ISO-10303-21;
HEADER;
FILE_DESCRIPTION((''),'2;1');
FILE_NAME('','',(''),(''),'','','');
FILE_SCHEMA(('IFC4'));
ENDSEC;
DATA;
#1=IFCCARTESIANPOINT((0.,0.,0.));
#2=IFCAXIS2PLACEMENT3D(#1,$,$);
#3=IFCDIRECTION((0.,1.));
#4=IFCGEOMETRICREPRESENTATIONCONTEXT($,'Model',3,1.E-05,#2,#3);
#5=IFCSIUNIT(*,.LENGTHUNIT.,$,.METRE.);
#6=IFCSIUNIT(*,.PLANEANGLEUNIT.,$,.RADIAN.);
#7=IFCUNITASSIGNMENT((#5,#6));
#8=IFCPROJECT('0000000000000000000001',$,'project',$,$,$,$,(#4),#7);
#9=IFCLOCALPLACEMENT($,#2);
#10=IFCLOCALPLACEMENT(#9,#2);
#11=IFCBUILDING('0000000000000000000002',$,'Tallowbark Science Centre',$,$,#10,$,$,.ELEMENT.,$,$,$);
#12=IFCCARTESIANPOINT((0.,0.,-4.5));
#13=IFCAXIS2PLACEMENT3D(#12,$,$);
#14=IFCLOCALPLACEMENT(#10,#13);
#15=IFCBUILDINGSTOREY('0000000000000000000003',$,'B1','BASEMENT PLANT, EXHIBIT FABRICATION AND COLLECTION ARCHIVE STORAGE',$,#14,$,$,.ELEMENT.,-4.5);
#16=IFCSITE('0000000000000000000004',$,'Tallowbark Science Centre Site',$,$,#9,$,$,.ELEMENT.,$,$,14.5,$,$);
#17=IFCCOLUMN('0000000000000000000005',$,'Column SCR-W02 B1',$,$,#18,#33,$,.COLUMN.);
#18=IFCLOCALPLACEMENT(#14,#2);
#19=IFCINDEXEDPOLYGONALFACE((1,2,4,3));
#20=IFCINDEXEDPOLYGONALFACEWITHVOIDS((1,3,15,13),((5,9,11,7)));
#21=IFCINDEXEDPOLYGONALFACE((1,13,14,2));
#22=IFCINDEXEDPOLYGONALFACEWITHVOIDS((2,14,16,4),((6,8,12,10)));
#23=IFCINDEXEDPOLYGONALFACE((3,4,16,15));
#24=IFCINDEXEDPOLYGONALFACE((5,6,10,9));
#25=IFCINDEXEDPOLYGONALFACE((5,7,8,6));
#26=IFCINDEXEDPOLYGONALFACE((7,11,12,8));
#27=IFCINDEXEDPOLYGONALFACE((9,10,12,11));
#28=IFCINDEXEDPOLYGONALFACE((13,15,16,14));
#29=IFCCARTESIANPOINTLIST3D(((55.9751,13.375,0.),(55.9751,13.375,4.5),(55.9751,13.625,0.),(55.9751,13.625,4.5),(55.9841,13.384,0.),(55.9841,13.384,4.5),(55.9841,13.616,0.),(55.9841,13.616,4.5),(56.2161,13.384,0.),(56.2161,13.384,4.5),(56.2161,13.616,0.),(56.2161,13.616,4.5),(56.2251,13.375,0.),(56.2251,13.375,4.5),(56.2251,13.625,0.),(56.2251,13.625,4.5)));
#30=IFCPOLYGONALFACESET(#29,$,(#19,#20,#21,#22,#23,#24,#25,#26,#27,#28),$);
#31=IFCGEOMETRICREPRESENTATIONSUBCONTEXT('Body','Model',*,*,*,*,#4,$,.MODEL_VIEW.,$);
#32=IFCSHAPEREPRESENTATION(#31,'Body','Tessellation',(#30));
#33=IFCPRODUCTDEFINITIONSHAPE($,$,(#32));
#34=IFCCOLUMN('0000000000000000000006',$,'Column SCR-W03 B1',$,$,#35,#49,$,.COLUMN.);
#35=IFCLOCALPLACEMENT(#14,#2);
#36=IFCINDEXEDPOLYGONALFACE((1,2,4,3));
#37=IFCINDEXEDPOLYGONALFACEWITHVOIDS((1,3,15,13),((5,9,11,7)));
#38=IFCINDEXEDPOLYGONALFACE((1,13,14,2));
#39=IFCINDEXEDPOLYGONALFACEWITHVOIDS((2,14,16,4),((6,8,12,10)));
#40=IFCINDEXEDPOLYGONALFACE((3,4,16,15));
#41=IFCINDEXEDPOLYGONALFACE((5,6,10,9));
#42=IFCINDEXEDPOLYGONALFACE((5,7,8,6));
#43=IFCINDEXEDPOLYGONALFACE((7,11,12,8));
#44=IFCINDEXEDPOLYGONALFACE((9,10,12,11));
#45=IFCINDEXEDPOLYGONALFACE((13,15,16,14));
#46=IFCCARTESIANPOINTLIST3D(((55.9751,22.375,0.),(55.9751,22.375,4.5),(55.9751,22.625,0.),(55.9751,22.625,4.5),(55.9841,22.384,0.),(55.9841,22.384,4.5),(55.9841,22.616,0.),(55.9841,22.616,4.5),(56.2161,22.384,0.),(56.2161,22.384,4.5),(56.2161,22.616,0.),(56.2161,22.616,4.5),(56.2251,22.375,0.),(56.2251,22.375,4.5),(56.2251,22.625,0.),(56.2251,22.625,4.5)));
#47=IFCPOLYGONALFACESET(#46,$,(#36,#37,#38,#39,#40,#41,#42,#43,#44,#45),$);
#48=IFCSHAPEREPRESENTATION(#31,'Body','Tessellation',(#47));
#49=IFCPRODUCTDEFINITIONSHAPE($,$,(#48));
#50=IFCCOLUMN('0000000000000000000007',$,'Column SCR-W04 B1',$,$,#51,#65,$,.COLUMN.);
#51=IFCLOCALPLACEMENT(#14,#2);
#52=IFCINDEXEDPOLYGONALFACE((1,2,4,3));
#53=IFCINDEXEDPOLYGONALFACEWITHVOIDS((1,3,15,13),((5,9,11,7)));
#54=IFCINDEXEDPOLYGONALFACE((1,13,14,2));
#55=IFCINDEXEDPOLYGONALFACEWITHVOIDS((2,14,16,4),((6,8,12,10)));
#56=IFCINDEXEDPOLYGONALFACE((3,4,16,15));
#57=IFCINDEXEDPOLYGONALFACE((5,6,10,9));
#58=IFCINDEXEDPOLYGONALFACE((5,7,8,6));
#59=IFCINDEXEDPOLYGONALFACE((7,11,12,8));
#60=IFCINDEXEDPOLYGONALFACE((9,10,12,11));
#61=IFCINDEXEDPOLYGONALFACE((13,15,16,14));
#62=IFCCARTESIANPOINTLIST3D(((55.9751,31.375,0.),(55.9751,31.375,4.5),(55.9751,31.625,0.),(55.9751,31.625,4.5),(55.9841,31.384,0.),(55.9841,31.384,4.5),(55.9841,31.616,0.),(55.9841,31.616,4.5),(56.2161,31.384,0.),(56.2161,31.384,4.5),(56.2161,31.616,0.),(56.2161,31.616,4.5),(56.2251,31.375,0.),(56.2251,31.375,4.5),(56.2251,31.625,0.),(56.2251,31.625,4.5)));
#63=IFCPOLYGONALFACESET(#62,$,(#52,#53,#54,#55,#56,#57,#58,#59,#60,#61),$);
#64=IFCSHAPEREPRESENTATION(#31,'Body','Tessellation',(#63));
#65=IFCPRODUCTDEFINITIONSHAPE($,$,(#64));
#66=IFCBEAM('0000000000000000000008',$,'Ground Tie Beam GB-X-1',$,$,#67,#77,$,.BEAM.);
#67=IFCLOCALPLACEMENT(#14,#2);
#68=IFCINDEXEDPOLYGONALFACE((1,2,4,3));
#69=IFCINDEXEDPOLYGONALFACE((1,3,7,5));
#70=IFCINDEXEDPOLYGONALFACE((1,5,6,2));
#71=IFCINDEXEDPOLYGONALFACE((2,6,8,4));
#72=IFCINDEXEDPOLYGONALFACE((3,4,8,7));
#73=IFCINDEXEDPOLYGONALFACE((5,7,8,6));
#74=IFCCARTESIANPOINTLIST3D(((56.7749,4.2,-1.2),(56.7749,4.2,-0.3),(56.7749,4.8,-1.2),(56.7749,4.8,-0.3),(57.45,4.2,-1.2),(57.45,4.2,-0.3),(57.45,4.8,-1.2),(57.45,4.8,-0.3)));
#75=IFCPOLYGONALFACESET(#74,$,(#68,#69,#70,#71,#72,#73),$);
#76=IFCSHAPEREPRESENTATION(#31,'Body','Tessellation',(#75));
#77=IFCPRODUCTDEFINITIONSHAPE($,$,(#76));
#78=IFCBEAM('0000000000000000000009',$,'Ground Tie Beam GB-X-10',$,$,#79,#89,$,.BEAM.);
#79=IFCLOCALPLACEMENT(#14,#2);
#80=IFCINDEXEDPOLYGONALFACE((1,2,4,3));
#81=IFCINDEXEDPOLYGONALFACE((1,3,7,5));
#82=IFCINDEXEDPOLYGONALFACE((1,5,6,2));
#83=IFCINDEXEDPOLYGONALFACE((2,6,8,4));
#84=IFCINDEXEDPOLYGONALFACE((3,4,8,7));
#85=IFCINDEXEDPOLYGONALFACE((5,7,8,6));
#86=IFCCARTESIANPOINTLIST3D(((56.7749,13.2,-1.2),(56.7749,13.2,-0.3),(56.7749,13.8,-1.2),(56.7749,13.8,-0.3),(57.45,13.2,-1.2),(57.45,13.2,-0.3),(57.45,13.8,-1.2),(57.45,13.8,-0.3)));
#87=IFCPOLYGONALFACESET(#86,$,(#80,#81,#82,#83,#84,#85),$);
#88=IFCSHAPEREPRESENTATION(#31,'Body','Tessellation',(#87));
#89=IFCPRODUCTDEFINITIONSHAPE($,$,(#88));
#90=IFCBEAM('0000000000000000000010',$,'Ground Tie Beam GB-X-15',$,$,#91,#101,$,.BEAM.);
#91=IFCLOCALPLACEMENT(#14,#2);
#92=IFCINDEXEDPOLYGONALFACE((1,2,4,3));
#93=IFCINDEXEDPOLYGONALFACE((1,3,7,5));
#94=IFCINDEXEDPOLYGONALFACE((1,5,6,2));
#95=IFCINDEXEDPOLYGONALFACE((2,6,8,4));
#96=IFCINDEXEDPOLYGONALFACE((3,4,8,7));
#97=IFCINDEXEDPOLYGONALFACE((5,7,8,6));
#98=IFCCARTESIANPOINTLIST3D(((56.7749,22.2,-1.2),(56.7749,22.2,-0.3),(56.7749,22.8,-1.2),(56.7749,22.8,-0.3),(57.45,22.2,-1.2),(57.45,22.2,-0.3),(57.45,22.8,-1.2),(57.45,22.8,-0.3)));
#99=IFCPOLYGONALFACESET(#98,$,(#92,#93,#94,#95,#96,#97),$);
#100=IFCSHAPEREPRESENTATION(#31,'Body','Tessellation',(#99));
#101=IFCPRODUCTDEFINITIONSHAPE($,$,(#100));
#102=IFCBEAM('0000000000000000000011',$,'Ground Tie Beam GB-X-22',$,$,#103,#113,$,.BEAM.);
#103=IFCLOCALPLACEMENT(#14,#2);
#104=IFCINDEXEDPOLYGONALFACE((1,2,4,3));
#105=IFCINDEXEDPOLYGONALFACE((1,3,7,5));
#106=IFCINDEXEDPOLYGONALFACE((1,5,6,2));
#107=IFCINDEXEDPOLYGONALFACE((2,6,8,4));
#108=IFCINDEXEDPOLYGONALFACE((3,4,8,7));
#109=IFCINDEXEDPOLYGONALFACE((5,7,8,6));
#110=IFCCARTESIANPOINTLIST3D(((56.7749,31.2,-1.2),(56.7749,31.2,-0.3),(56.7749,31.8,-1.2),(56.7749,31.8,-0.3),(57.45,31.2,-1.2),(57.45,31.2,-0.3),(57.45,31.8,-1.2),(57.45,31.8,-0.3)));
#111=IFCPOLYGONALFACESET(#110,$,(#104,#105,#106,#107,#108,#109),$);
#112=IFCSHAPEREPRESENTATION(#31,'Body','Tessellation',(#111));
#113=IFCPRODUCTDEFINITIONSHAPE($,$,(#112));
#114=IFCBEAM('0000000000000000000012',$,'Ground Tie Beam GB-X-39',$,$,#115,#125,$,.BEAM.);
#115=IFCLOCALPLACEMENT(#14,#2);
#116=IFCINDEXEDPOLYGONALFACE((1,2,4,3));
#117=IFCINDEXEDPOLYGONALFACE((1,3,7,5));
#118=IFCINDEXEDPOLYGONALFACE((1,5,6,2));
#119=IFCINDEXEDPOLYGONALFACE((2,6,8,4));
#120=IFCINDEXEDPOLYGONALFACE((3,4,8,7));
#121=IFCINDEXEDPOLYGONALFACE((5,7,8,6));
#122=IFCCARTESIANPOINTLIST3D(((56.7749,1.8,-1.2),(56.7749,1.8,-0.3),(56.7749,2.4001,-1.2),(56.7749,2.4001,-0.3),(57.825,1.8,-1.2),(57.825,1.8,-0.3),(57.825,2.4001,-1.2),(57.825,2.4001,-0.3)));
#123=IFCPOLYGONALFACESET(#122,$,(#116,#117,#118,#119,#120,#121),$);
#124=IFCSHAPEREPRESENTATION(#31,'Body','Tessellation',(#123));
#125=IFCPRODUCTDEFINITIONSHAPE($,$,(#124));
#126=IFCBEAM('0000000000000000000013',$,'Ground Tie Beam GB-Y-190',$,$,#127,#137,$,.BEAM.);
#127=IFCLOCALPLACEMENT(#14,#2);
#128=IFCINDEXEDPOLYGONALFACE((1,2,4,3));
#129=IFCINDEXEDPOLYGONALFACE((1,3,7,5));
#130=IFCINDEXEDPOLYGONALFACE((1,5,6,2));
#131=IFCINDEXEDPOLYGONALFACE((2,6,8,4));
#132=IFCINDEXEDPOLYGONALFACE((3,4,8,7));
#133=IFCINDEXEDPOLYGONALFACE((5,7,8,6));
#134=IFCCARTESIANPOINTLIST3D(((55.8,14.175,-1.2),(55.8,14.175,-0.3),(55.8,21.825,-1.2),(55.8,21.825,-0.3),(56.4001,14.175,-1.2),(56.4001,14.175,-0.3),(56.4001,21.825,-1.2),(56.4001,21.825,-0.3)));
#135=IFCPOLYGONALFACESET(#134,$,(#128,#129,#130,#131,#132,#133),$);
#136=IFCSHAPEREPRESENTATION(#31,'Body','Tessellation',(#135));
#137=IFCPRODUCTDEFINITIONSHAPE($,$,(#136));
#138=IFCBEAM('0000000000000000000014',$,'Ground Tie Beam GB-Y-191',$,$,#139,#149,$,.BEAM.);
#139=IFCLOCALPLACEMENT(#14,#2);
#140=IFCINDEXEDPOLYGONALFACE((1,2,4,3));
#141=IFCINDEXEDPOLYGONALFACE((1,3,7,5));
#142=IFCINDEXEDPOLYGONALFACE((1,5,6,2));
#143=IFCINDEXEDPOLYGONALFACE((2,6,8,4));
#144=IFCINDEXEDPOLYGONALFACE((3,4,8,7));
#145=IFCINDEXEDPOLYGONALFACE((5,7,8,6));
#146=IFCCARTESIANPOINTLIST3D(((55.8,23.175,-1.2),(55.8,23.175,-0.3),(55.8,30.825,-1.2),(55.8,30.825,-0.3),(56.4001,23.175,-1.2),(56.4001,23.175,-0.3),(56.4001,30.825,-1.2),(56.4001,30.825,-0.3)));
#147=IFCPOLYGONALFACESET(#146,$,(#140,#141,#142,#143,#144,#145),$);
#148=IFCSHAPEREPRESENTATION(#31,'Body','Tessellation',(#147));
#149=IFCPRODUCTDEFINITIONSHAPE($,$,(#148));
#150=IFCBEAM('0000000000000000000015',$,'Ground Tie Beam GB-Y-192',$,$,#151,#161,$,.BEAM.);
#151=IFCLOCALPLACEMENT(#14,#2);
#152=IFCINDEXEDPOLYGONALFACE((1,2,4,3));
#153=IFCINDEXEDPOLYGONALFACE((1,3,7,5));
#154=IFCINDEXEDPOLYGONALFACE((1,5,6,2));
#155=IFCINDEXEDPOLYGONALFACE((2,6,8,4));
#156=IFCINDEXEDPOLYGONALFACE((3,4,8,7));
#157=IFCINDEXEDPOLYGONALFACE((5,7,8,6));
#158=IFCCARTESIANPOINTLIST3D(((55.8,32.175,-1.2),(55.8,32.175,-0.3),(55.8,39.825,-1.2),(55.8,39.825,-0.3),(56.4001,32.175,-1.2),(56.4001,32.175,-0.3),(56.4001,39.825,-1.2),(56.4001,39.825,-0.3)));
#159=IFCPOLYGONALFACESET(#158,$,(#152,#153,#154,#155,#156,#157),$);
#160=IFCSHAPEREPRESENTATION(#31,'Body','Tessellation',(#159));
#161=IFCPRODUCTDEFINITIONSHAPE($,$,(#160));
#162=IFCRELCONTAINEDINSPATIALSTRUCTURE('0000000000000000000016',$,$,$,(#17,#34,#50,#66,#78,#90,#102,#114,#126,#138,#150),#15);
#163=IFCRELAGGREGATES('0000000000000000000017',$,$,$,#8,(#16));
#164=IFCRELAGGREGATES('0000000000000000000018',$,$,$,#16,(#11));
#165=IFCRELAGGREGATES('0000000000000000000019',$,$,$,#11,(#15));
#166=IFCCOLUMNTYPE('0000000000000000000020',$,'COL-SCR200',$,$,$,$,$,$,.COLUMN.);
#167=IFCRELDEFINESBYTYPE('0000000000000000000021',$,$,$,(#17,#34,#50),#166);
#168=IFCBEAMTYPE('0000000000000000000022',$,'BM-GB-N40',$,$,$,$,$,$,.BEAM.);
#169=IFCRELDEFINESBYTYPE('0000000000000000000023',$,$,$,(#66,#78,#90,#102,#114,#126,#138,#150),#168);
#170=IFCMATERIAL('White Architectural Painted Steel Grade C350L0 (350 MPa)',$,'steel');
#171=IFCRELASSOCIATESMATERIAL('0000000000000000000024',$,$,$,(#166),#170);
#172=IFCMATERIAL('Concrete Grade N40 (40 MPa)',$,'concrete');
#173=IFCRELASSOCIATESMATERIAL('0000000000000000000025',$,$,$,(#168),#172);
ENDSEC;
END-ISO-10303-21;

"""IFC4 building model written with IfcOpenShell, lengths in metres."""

from ifc_helpers import new_model, si_unit, direction, frame, origin, origin_2d, place, context, subcontext, project, spatial, rectangle, hollow_rectangle, extrude, material, material_profile, profile_set, type_object, element, save


model = new_model("IFC4")

# Units and contexts
model_context = context("Model", 3, precision=1e-05, world=origin(), true_north=direction((0.0, 1.0)))
body_context = subcontext(model_context, "Body", "Model", "MODEL_VIEW")
ifc_project = project(units=[si_unit("LENGTHUNIT", "METRE"), si_unit("PLANEANGLEUNIT", "RADIAN")], contexts=[model_context])

# Site, building, storey
site_placement = place(None, origin())
site = spatial("IfcSite", under=ifc_project, at=site_placement, Name="Tallowbark Science Centre Site", CompositionType="ELEMENT", RefElevation=14.5)
building_placement = place(site_placement, origin())
building = spatial("IfcBuilding", under=site, at=building_placement, Name="Tallowbark Science Centre", CompositionType="ELEMENT")
storey_placement = place(building_placement, frame((0.0, 0.0, -4.5)))
storey = spatial("IfcBuildingStorey", under=building, at=storey_placement, Name="B1", Description="BASEMENT PLANT, EXHIBIT FABRICATION AND COLLECTION ARCHIVE STORAGE", CompositionType="ELEMENT", Elevation=-4.5)

# Shared definitions
ifc_material_1 = material(Name="Concrete Grade N40 (40 MPa)", Category="concrete")

# Columns
ifc_material_2 = material(Name="White Architectural Painted Steel Grade C350L0 (350 MPa)", Category="steel")
ifc_material_profile_1 = material_profile(ifc_material_2, hollow_rectangle(XDim=0.25, YDim=0.25, WallThickness=0.009, at=origin_2d()), Name="250x250x9.0SHS")
ifc_profile_set_1 = profile_set([ifc_material_profile_1], Name="White Architectural Painted Steel Grade C350L0 (350 MPa)")
column_type = type_object("IfcColumnType", Name="COL-SCR200", PredefinedType="COLUMN", material=ifc_profile_set_1)
for number, where, z_axis, x_axis, name in (
    (1, (56.1001, 13.5, 0.0), (0.0, 0.0, 1.0), (1.0, 0.0, 0.0), "Column SCR-W02 B1"),
    (2, (56.1001, 22.5, 0.0), (0.0, 0.0, 1.0), (1.0, 0.0, 0.0), "Column SCR-W03 B1"),
    (3, (56.1001, 31.5, 0.0), (0.0, 0.0, 1.0), (1.0, 0.0, 0.0), "Column SCR-W04 B1"),
):
    element("IfcColumn", number, at=place(storey_placement, frame(where, z_axis=z_axis, x_axis=x_axis)), inside=storey, type_object=column_type, Name=name, PredefinedType="COLUMN", context=body_context, shape_type="SweptSolid", body=[
        extrude(hollow_rectangle(XDim=0.25, YDim=0.25, WallThickness=0.009, at=origin_2d()), origin(), (0.0, 0.0, 1.0), 4.5),
    ])

# Beams
ifc_material_profile_2 = material_profile(ifc_material_1, rectangle(XDim=0.6001, YDim=0.8999, at=origin_2d()), Name="RC600x900")
ifc_profile_set_2 = profile_set([ifc_material_profile_2], Name="Concrete Grade N40 (40 MPa)")
beam_type = type_object("IfcBeamType", Name="BM-GB-N40", PredefinedType="BEAM", material=ifc_profile_set_2)
for number, where, z_axis, x_axis, name in (
    (4, (56.7749, 4.5, -0.75), (1.0, 0.0, 0.0), (0.0, 1.0, 0.0), "Ground Tie Beam GB-X-1"),
    (5, (56.7749, 13.5, -0.75), (1.0, 0.0, 0.0), (0.0, 1.0, 0.0), "Ground Tie Beam GB-X-10"),
    (6, (56.7749, 22.5, -0.75), (1.0, 0.0, 0.0), (0.0, 1.0, 0.0), "Ground Tie Beam GB-X-15"),
    (7, (56.7749, 31.5, -0.75), (1.0, 0.0, 0.0), (0.0, 1.0, 0.0), "Ground Tie Beam GB-X-22"),
):
    element("IfcBeam", number, at=place(storey_placement, frame(where, z_axis=z_axis, x_axis=x_axis)), inside=storey, type_object=beam_type, Name=name, PredefinedType="BEAM", context=body_context, shape_type="SweptSolid", body=[
        extrude(rectangle(XDim=0.6001, YDim=0.8999, at=origin_2d()), origin(), (0.0, 0.0, 1.0), 0.675),
    ])
beam_placement = place(storey_placement, frame((56.7749, 2.1001, -0.75), z_axis=(1.0, 0.0, 0.0), x_axis=(0.0, 1.0, 0.0)))
element("IfcBeam", 8, at=beam_placement, inside=storey, type_object=beam_type, Name="Ground Tie Beam GB-X-39", PredefinedType="BEAM", context=body_context, shape_type="SweptSolid", body=[
    extrude(rectangle(XDim=0.6001, YDim=0.8999, at=origin_2d()), origin(), (0.0, 0.0, 1.0), 1.05),
])
for number, where, z_axis, x_axis, name in (
    (9, (56.1001, 14.175, -0.75), (0.0, 1.0, 0.0), (-1.0, 0.0, 0.0), "Ground Tie Beam GB-Y-190"),
    (10, (56.1001, 23.175, -0.75), (0.0, 1.0, 0.0), (-1.0, 0.0, 0.0), "Ground Tie Beam GB-Y-191"),
    (11, (56.1001, 32.175, -0.75), (0.0, 1.0, 0.0), (-1.0, 0.0, 0.0), "Ground Tie Beam GB-Y-192"),
):
    element("IfcBeam", number, at=place(storey_placement, frame(where, z_axis=z_axis, x_axis=x_axis)), inside=storey, type_object=beam_type, Name=name, PredefinedType="BEAM", context=body_context, shape_type="SweptSolid", body=[
        extrude(rectangle(XDim=0.6001, YDim=0.8999, at=origin_2d()), origin(), (0.0, 0.0, 1.0), 7.6499),
    ])

save(model, "model.ifc")
